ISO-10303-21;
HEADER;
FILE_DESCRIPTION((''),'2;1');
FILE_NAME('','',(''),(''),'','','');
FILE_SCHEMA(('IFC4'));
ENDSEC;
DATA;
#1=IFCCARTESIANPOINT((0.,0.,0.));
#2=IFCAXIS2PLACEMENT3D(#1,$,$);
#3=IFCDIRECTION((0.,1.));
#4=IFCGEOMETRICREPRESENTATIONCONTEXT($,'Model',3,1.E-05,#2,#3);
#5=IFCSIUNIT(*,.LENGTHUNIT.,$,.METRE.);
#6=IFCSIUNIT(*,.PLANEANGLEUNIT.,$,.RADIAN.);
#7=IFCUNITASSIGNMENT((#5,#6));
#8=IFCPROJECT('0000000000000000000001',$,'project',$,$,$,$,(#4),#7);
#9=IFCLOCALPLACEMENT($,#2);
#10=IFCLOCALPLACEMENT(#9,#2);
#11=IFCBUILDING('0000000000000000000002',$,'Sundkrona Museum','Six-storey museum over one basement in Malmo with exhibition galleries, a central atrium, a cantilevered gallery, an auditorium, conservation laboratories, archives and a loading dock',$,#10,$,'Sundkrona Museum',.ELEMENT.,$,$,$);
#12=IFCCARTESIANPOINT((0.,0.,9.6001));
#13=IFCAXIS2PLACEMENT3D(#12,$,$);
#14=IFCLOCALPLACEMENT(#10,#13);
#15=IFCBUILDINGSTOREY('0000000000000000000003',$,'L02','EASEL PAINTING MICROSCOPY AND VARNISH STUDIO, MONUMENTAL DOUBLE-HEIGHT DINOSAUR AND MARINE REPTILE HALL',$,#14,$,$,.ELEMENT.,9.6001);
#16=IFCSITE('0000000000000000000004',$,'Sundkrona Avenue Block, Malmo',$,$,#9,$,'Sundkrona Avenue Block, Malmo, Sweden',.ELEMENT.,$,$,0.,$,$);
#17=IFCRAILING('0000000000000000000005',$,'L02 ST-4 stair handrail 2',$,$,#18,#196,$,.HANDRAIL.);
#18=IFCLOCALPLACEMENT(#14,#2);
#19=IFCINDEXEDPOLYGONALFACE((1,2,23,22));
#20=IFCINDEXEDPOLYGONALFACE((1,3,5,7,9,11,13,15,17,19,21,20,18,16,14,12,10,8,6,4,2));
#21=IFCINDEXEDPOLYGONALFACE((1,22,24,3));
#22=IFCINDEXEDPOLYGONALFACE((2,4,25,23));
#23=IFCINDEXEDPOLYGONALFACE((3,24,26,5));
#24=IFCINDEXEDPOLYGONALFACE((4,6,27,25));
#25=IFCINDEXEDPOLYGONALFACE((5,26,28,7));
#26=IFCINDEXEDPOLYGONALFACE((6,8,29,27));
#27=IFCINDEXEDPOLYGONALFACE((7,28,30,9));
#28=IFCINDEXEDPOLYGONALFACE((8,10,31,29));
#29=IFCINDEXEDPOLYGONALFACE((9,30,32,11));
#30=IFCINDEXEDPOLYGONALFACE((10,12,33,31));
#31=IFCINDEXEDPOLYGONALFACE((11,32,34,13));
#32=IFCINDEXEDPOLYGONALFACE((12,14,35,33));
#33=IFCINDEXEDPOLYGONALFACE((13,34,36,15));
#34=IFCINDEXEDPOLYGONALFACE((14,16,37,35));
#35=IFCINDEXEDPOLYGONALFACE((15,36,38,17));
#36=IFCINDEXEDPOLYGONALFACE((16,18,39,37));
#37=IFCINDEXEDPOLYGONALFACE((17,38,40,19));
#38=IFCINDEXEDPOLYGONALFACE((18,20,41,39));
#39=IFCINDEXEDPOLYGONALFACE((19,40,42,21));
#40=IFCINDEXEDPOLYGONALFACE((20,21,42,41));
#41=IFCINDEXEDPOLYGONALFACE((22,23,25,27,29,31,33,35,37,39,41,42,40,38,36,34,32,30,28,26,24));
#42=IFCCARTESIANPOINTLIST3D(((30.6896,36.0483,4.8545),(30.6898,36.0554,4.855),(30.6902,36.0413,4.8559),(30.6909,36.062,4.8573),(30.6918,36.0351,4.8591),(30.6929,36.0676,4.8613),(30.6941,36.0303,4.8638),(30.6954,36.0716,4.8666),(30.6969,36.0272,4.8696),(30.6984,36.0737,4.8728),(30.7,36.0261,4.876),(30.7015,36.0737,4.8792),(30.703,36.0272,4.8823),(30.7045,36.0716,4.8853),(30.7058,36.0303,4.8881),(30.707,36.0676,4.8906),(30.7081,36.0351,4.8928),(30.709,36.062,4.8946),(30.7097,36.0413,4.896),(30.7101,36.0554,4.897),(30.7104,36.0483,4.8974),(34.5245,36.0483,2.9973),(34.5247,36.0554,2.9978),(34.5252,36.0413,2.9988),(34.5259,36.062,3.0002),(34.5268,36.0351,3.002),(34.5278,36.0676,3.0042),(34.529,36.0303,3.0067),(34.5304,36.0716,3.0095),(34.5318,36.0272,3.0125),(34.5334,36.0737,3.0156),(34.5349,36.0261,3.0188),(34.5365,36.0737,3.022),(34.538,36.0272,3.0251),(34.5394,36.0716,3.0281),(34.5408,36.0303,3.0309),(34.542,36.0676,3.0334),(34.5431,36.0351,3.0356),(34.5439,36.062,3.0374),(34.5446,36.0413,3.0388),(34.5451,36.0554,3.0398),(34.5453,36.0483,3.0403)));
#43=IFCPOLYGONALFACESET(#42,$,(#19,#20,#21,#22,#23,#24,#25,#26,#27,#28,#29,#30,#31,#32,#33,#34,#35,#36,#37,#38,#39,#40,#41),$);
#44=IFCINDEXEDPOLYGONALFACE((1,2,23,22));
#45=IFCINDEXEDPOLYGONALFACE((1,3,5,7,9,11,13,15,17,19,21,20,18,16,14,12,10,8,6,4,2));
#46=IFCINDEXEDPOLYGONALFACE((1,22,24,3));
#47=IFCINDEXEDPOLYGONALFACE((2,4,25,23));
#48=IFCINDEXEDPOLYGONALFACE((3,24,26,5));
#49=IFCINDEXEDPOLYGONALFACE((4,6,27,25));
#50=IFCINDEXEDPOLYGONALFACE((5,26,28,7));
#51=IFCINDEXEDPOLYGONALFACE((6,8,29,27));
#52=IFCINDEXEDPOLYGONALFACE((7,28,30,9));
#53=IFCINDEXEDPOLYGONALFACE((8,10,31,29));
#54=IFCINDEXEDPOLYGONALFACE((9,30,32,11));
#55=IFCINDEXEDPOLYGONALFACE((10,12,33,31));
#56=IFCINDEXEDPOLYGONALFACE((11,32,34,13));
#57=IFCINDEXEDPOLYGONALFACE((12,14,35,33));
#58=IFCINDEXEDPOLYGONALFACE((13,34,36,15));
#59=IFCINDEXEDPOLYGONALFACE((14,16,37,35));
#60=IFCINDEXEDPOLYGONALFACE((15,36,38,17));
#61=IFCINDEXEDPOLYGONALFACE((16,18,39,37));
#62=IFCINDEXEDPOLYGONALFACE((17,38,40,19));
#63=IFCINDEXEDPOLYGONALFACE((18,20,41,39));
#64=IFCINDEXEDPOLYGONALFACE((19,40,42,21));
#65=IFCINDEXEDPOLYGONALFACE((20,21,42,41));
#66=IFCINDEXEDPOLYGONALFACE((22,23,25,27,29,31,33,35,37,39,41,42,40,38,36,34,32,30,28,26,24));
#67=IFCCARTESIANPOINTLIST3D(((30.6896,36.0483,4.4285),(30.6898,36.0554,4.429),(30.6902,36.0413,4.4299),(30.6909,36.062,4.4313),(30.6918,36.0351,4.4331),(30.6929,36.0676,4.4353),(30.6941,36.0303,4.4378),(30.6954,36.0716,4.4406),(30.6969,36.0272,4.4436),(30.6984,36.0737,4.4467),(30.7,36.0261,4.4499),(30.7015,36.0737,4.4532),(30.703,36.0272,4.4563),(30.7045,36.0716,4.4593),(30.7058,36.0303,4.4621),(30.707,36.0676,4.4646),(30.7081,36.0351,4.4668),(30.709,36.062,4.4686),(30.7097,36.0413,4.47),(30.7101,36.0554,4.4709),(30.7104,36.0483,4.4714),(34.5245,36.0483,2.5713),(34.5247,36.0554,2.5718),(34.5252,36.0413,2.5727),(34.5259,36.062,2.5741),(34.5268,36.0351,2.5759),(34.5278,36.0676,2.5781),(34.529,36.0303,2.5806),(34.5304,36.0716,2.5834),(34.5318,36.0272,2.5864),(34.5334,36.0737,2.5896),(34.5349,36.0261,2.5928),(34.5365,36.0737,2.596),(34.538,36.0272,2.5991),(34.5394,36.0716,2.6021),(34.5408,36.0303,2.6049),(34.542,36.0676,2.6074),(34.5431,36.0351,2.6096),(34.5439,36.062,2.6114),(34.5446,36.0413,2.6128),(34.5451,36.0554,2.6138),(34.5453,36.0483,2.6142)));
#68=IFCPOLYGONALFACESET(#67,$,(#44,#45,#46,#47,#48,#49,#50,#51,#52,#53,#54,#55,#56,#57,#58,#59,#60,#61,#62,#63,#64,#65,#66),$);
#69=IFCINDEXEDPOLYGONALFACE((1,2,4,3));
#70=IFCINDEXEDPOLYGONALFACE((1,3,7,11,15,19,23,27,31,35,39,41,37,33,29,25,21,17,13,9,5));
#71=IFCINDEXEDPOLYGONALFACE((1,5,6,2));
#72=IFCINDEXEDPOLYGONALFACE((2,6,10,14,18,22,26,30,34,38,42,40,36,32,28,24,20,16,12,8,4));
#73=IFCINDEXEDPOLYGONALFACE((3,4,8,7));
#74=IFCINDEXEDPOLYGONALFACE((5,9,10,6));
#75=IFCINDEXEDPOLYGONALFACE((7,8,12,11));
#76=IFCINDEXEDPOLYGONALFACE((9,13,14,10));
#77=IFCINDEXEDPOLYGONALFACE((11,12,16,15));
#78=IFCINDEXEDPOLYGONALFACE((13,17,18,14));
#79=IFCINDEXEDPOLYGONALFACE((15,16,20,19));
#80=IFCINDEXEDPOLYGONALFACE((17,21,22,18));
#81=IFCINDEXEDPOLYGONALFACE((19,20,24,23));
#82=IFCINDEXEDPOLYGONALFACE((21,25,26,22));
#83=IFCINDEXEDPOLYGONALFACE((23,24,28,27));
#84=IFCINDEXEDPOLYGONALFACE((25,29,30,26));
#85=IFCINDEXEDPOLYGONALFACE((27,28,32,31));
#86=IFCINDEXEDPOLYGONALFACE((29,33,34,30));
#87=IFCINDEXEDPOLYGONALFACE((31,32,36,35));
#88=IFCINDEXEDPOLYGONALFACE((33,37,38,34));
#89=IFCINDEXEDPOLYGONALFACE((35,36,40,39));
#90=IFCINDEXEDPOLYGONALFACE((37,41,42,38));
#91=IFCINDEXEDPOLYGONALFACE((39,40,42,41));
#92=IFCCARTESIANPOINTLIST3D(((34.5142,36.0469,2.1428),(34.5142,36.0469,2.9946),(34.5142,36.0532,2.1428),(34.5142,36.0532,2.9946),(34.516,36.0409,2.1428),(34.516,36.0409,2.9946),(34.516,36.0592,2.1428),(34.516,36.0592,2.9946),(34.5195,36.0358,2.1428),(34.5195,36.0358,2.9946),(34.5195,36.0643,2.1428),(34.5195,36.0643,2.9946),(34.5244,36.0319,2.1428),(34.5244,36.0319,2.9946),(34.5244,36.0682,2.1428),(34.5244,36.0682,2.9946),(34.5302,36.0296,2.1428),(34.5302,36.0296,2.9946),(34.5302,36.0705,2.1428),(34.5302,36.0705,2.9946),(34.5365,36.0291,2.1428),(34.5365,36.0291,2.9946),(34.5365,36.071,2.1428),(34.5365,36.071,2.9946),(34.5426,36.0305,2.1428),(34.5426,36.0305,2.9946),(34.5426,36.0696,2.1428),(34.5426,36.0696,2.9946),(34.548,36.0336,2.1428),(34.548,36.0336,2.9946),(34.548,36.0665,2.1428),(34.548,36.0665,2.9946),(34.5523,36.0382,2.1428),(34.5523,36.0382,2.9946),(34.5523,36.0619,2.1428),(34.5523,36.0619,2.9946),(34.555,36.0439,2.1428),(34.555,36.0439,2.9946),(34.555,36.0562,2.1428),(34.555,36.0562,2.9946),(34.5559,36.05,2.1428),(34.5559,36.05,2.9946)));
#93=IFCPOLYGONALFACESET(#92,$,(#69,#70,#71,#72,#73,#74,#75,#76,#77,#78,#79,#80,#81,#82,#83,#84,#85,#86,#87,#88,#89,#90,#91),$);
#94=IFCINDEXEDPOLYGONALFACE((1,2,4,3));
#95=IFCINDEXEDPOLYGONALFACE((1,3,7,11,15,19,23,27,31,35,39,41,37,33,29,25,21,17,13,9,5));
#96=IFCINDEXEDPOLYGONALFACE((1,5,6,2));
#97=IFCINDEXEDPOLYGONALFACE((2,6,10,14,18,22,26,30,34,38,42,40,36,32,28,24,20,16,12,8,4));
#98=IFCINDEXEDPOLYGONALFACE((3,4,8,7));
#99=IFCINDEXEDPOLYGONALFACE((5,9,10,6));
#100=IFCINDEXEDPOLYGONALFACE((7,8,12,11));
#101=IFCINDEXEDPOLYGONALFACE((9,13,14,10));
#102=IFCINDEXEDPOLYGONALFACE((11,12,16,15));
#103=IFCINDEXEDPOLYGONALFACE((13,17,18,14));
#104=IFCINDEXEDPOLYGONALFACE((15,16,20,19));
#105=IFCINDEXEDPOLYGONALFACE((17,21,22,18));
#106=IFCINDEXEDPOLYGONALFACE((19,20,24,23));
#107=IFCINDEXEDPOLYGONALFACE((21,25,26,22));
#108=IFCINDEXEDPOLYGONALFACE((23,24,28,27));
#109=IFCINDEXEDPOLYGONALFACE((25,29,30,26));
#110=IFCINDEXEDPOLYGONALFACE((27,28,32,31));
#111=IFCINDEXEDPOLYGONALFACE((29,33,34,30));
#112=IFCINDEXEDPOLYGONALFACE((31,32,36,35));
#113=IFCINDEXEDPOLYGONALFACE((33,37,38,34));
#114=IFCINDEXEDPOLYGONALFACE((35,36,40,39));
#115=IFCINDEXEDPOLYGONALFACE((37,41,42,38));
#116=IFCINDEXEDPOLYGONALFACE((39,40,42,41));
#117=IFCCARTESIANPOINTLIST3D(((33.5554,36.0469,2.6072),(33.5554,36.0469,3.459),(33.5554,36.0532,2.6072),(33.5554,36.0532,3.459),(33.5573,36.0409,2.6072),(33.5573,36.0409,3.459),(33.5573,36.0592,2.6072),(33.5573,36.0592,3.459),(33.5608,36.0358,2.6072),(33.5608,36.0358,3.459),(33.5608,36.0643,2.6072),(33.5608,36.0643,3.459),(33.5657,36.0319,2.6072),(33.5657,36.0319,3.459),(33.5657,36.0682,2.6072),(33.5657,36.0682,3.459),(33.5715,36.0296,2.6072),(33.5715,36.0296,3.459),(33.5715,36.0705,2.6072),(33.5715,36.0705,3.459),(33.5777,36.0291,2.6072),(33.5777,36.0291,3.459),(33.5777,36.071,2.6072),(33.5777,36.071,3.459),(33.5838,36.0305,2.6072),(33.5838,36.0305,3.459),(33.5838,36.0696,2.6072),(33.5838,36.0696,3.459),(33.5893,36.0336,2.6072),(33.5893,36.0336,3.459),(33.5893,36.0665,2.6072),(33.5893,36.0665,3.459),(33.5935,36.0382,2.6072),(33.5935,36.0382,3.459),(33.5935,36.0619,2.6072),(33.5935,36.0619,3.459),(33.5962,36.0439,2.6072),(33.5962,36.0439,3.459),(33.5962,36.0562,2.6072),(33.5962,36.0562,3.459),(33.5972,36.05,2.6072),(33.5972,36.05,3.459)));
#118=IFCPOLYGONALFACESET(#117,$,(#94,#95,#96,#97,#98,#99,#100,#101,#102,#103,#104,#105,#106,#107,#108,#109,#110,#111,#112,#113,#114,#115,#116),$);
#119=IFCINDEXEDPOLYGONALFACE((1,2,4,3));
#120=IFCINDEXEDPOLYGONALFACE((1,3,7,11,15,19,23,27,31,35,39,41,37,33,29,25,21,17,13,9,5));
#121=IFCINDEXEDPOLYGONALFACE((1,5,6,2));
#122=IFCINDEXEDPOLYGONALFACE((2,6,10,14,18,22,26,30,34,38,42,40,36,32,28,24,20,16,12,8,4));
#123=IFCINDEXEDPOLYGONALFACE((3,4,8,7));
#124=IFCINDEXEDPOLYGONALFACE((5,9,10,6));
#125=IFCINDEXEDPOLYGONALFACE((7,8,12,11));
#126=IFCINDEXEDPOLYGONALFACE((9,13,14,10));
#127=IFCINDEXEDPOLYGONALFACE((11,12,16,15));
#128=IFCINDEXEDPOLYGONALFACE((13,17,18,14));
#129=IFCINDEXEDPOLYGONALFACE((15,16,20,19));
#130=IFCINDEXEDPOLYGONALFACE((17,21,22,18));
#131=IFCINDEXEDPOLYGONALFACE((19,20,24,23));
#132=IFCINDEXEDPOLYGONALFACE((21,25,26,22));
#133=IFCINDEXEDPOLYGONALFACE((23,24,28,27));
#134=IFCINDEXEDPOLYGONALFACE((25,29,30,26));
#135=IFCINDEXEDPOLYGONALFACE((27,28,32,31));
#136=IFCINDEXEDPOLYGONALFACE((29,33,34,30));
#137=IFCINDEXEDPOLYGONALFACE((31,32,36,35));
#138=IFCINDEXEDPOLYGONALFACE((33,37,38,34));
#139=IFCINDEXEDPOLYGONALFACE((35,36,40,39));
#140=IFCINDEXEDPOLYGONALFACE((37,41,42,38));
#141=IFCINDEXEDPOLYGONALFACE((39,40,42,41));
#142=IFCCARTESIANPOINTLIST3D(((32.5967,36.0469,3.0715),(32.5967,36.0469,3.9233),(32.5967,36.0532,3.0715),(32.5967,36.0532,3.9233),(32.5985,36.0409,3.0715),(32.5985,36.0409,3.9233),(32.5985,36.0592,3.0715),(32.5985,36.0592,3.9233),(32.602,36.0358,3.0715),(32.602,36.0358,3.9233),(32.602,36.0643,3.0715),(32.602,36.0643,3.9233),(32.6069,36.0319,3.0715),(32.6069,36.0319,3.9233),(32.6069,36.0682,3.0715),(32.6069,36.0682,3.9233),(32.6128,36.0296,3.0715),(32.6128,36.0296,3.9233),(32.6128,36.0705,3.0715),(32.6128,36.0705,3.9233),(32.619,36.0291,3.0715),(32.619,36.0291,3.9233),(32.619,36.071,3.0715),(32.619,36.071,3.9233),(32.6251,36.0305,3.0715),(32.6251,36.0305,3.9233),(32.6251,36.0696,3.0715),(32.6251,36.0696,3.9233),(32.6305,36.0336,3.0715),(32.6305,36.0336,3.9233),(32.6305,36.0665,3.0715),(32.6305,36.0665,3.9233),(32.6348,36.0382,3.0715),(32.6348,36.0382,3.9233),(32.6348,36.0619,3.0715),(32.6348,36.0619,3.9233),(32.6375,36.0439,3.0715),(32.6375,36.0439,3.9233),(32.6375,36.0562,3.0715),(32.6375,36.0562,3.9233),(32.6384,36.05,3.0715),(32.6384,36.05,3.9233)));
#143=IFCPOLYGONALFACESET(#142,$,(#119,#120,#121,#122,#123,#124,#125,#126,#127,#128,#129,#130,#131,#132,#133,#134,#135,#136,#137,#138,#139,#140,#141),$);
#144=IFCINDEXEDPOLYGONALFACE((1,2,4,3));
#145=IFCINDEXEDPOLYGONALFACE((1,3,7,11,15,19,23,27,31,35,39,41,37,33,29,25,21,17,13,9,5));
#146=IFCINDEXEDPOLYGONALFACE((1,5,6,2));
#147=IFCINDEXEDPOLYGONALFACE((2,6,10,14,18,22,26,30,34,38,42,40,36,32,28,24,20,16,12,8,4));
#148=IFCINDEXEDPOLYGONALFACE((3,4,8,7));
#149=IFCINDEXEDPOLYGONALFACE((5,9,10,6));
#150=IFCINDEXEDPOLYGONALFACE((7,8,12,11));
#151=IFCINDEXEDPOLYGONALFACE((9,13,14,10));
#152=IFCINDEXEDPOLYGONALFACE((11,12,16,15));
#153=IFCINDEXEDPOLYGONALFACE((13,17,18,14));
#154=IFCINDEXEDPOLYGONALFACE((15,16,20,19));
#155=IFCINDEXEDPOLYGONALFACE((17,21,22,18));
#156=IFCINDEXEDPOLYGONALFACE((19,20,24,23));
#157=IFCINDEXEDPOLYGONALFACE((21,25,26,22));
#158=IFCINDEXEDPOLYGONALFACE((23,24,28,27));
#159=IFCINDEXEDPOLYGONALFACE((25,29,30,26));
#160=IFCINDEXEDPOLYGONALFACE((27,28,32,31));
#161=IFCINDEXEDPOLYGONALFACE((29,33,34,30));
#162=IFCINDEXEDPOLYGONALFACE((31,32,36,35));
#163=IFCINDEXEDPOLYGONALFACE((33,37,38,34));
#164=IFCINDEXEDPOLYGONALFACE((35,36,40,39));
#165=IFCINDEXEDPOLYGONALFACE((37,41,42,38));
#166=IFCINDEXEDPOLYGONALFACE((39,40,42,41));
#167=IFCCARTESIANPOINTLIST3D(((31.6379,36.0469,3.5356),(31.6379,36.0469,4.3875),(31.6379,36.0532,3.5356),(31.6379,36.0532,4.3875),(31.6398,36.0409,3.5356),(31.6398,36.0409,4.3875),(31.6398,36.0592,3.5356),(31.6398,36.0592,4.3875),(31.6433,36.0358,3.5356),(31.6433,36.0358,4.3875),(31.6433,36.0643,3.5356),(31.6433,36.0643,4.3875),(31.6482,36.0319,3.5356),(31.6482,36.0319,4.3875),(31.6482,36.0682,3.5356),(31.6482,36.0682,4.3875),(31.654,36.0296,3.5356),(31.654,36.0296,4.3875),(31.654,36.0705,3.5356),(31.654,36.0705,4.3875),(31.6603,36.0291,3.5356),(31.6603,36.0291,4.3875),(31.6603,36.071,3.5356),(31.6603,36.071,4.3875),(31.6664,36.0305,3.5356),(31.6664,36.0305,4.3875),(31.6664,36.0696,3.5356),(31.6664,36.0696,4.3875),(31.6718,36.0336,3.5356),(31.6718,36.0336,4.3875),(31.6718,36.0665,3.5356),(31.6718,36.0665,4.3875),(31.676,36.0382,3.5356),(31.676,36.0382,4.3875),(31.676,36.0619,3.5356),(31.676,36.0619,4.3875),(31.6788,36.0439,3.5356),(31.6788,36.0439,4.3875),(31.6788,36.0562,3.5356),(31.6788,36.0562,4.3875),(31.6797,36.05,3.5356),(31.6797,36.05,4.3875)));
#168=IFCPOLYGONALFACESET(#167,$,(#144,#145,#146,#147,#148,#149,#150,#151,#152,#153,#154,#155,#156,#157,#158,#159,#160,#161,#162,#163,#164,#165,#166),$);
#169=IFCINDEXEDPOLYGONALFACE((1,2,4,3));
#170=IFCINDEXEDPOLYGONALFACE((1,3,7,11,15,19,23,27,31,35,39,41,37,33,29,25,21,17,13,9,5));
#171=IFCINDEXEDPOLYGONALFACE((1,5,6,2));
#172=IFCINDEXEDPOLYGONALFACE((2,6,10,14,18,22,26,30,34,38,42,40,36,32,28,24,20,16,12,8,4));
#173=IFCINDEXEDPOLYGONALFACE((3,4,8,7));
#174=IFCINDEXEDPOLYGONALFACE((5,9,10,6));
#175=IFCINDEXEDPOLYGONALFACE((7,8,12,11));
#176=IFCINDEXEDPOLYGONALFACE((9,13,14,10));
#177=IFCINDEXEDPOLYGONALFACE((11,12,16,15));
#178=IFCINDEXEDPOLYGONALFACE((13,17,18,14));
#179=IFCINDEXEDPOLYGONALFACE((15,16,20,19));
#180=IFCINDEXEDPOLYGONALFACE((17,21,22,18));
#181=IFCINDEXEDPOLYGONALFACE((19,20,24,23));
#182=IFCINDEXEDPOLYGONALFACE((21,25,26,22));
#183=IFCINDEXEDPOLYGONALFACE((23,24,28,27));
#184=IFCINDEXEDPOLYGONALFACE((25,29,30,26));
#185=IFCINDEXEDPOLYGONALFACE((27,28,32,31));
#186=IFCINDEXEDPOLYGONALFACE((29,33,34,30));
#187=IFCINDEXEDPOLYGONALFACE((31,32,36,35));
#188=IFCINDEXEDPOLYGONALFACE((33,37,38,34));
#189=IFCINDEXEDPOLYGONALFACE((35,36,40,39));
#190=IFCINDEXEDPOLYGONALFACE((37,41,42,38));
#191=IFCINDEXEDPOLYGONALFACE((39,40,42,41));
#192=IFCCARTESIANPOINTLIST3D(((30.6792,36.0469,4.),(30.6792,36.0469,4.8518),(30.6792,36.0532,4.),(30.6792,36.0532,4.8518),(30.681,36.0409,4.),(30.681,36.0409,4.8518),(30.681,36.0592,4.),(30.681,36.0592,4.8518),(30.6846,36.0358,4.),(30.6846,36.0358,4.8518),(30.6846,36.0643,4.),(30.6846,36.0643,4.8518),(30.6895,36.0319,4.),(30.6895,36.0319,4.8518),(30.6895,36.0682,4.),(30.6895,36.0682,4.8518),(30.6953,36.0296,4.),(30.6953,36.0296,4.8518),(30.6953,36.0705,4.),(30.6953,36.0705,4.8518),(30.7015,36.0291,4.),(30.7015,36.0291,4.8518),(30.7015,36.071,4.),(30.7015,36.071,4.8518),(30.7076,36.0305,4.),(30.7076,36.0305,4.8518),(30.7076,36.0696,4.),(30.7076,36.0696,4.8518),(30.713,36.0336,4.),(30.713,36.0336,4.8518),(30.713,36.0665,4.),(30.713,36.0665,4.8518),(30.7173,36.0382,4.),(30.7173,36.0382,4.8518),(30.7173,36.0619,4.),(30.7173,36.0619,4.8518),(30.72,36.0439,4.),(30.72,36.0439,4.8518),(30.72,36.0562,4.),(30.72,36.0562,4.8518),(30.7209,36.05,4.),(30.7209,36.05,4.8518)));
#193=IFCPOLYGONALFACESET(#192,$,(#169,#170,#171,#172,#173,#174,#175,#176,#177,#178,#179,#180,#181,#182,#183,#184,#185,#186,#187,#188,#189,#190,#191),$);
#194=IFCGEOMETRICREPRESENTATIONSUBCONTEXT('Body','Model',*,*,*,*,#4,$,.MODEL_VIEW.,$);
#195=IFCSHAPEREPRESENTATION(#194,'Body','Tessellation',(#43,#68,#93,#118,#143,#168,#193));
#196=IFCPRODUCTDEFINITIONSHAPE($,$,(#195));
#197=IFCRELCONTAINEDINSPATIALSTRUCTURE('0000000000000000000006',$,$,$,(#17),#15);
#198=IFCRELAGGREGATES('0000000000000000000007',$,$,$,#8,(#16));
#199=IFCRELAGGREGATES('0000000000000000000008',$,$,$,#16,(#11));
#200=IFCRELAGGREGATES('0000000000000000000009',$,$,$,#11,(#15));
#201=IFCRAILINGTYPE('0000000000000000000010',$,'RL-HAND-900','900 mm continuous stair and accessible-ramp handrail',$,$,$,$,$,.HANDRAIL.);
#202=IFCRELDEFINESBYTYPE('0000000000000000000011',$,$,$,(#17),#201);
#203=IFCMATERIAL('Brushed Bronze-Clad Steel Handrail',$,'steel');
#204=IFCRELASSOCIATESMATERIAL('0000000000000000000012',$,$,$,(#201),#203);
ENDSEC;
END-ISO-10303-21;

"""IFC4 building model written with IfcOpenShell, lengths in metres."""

from ifc_helpers import new_model, si_unit, direction, frame, origin, origin_2d, place, context, subcontext, project, spatial, circle, extrude, material, type_object, element, save


model = new_model("IFC4")

# Units and contexts
model_context = context("Model", 3, precision=1e-05, world=origin(), true_north=direction((0.0, 1.0)))
body_context = subcontext(model_context, "Body", "Model", "MODEL_VIEW")
ifc_project = project(units=[si_unit("LENGTHUNIT", "METRE"), si_unit("PLANEANGLEUNIT", "RADIAN")], contexts=[model_context])

# Site, building, storey
site_placement = place(None, origin())
site = spatial("IfcSite", under=ifc_project, at=site_placement, Name="Sundkrona Avenue Block, Malmo", LongName="Sundkrona Avenue Block, Malmo, Sweden", CompositionType="ELEMENT", RefElevation=0.0)
building_placement = place(site_placement, origin())
building = spatial("IfcBuilding", under=site, at=building_placement, Name="Sundkrona Museum", Description="Six-storey museum over one basement in Malmo with exhibition galleries, a central atrium, a cantilevered gallery, an auditorium, conservation laboratories, archives and a loading dock", LongName="Sundkrona Museum", CompositionType="ELEMENT")
storey_placement = place(building_placement, frame((0.0, 0.0, 9.6001)))
storey = spatial("IfcBuildingStorey", under=building, at=storey_placement, Name="L02", Description="EASEL PAINTING MICROSCOPY AND VARNISH STUDIO, MONUMENTAL DOUBLE-HEIGHT DINOSAUR AND MARINE REPTILE HALL", CompositionType="ELEMENT", Elevation=9.6001)

# Railing
ifc_material_1 = material(Name="Brushed Bronze-Clad Steel Handrail", Category="steel")
railing_type_1 = type_object("IfcRailingType", Name="RL-HAND-900", Description="900 mm continuous stair and accessible-ramp handrail", PredefinedType="HANDRAIL", material=ifc_material_1)
for number, where, name in (
    (1, (34.5349, 36.05, 2.1428), "L02 ST-4 stair handrail 2"),
):
    element("IfcRailing", number, at=place(storey_placement, frame(where)), inside=storey, type_object=railing_type_1, Name=name, PredefinedType="HANDRAIL", context=body_context, shape_type="SweptSolid", body=[
        extrude(circle(Radius=0.0239, at=origin_2d()), frame((0.0, 0.0, 0.876), z_axis=(-0.900016, 0.0, 0.435856), x_axis=(0.0, -1.0, 0.0)), (0.0, 0.0, 1.0), 4.261),
        extrude(circle(Radius=0.0239, at=origin_2d()), frame((0.0, 0.0, 0.45), z_axis=(-0.900016, 0.0, 0.435856), x_axis=(0.0, -1.0, 0.0)), (0.0, 0.0, 1.0), 4.261),
        extrude(circle(Radius=0.021, at=origin_2d()), origin(), (0.0, 0.0, 1.0), 0.8518),
        extrude(circle(Radius=0.021, at=origin_2d()), frame((-0.9587, 0.0, 0.4644)), (0.0, 0.0, 1.0), 0.8518),
        extrude(circle(Radius=0.021, at=origin_2d()), frame((-1.9175, 0.0, 0.9287)), (0.0, 0.0, 1.0), 0.8518),
        extrude(circle(Radius=0.021, at=origin_2d()), frame((-2.8762, 0.0, 1.3928)), (0.0, 0.0, 1.0), 0.8518),
        extrude(circle(Radius=0.021, at=origin_2d()), frame((-3.835, 0.0, 1.8572)), (0.0, 0.0, 1.0), 0.8518),
    ])

save(model, "model.ifc")
